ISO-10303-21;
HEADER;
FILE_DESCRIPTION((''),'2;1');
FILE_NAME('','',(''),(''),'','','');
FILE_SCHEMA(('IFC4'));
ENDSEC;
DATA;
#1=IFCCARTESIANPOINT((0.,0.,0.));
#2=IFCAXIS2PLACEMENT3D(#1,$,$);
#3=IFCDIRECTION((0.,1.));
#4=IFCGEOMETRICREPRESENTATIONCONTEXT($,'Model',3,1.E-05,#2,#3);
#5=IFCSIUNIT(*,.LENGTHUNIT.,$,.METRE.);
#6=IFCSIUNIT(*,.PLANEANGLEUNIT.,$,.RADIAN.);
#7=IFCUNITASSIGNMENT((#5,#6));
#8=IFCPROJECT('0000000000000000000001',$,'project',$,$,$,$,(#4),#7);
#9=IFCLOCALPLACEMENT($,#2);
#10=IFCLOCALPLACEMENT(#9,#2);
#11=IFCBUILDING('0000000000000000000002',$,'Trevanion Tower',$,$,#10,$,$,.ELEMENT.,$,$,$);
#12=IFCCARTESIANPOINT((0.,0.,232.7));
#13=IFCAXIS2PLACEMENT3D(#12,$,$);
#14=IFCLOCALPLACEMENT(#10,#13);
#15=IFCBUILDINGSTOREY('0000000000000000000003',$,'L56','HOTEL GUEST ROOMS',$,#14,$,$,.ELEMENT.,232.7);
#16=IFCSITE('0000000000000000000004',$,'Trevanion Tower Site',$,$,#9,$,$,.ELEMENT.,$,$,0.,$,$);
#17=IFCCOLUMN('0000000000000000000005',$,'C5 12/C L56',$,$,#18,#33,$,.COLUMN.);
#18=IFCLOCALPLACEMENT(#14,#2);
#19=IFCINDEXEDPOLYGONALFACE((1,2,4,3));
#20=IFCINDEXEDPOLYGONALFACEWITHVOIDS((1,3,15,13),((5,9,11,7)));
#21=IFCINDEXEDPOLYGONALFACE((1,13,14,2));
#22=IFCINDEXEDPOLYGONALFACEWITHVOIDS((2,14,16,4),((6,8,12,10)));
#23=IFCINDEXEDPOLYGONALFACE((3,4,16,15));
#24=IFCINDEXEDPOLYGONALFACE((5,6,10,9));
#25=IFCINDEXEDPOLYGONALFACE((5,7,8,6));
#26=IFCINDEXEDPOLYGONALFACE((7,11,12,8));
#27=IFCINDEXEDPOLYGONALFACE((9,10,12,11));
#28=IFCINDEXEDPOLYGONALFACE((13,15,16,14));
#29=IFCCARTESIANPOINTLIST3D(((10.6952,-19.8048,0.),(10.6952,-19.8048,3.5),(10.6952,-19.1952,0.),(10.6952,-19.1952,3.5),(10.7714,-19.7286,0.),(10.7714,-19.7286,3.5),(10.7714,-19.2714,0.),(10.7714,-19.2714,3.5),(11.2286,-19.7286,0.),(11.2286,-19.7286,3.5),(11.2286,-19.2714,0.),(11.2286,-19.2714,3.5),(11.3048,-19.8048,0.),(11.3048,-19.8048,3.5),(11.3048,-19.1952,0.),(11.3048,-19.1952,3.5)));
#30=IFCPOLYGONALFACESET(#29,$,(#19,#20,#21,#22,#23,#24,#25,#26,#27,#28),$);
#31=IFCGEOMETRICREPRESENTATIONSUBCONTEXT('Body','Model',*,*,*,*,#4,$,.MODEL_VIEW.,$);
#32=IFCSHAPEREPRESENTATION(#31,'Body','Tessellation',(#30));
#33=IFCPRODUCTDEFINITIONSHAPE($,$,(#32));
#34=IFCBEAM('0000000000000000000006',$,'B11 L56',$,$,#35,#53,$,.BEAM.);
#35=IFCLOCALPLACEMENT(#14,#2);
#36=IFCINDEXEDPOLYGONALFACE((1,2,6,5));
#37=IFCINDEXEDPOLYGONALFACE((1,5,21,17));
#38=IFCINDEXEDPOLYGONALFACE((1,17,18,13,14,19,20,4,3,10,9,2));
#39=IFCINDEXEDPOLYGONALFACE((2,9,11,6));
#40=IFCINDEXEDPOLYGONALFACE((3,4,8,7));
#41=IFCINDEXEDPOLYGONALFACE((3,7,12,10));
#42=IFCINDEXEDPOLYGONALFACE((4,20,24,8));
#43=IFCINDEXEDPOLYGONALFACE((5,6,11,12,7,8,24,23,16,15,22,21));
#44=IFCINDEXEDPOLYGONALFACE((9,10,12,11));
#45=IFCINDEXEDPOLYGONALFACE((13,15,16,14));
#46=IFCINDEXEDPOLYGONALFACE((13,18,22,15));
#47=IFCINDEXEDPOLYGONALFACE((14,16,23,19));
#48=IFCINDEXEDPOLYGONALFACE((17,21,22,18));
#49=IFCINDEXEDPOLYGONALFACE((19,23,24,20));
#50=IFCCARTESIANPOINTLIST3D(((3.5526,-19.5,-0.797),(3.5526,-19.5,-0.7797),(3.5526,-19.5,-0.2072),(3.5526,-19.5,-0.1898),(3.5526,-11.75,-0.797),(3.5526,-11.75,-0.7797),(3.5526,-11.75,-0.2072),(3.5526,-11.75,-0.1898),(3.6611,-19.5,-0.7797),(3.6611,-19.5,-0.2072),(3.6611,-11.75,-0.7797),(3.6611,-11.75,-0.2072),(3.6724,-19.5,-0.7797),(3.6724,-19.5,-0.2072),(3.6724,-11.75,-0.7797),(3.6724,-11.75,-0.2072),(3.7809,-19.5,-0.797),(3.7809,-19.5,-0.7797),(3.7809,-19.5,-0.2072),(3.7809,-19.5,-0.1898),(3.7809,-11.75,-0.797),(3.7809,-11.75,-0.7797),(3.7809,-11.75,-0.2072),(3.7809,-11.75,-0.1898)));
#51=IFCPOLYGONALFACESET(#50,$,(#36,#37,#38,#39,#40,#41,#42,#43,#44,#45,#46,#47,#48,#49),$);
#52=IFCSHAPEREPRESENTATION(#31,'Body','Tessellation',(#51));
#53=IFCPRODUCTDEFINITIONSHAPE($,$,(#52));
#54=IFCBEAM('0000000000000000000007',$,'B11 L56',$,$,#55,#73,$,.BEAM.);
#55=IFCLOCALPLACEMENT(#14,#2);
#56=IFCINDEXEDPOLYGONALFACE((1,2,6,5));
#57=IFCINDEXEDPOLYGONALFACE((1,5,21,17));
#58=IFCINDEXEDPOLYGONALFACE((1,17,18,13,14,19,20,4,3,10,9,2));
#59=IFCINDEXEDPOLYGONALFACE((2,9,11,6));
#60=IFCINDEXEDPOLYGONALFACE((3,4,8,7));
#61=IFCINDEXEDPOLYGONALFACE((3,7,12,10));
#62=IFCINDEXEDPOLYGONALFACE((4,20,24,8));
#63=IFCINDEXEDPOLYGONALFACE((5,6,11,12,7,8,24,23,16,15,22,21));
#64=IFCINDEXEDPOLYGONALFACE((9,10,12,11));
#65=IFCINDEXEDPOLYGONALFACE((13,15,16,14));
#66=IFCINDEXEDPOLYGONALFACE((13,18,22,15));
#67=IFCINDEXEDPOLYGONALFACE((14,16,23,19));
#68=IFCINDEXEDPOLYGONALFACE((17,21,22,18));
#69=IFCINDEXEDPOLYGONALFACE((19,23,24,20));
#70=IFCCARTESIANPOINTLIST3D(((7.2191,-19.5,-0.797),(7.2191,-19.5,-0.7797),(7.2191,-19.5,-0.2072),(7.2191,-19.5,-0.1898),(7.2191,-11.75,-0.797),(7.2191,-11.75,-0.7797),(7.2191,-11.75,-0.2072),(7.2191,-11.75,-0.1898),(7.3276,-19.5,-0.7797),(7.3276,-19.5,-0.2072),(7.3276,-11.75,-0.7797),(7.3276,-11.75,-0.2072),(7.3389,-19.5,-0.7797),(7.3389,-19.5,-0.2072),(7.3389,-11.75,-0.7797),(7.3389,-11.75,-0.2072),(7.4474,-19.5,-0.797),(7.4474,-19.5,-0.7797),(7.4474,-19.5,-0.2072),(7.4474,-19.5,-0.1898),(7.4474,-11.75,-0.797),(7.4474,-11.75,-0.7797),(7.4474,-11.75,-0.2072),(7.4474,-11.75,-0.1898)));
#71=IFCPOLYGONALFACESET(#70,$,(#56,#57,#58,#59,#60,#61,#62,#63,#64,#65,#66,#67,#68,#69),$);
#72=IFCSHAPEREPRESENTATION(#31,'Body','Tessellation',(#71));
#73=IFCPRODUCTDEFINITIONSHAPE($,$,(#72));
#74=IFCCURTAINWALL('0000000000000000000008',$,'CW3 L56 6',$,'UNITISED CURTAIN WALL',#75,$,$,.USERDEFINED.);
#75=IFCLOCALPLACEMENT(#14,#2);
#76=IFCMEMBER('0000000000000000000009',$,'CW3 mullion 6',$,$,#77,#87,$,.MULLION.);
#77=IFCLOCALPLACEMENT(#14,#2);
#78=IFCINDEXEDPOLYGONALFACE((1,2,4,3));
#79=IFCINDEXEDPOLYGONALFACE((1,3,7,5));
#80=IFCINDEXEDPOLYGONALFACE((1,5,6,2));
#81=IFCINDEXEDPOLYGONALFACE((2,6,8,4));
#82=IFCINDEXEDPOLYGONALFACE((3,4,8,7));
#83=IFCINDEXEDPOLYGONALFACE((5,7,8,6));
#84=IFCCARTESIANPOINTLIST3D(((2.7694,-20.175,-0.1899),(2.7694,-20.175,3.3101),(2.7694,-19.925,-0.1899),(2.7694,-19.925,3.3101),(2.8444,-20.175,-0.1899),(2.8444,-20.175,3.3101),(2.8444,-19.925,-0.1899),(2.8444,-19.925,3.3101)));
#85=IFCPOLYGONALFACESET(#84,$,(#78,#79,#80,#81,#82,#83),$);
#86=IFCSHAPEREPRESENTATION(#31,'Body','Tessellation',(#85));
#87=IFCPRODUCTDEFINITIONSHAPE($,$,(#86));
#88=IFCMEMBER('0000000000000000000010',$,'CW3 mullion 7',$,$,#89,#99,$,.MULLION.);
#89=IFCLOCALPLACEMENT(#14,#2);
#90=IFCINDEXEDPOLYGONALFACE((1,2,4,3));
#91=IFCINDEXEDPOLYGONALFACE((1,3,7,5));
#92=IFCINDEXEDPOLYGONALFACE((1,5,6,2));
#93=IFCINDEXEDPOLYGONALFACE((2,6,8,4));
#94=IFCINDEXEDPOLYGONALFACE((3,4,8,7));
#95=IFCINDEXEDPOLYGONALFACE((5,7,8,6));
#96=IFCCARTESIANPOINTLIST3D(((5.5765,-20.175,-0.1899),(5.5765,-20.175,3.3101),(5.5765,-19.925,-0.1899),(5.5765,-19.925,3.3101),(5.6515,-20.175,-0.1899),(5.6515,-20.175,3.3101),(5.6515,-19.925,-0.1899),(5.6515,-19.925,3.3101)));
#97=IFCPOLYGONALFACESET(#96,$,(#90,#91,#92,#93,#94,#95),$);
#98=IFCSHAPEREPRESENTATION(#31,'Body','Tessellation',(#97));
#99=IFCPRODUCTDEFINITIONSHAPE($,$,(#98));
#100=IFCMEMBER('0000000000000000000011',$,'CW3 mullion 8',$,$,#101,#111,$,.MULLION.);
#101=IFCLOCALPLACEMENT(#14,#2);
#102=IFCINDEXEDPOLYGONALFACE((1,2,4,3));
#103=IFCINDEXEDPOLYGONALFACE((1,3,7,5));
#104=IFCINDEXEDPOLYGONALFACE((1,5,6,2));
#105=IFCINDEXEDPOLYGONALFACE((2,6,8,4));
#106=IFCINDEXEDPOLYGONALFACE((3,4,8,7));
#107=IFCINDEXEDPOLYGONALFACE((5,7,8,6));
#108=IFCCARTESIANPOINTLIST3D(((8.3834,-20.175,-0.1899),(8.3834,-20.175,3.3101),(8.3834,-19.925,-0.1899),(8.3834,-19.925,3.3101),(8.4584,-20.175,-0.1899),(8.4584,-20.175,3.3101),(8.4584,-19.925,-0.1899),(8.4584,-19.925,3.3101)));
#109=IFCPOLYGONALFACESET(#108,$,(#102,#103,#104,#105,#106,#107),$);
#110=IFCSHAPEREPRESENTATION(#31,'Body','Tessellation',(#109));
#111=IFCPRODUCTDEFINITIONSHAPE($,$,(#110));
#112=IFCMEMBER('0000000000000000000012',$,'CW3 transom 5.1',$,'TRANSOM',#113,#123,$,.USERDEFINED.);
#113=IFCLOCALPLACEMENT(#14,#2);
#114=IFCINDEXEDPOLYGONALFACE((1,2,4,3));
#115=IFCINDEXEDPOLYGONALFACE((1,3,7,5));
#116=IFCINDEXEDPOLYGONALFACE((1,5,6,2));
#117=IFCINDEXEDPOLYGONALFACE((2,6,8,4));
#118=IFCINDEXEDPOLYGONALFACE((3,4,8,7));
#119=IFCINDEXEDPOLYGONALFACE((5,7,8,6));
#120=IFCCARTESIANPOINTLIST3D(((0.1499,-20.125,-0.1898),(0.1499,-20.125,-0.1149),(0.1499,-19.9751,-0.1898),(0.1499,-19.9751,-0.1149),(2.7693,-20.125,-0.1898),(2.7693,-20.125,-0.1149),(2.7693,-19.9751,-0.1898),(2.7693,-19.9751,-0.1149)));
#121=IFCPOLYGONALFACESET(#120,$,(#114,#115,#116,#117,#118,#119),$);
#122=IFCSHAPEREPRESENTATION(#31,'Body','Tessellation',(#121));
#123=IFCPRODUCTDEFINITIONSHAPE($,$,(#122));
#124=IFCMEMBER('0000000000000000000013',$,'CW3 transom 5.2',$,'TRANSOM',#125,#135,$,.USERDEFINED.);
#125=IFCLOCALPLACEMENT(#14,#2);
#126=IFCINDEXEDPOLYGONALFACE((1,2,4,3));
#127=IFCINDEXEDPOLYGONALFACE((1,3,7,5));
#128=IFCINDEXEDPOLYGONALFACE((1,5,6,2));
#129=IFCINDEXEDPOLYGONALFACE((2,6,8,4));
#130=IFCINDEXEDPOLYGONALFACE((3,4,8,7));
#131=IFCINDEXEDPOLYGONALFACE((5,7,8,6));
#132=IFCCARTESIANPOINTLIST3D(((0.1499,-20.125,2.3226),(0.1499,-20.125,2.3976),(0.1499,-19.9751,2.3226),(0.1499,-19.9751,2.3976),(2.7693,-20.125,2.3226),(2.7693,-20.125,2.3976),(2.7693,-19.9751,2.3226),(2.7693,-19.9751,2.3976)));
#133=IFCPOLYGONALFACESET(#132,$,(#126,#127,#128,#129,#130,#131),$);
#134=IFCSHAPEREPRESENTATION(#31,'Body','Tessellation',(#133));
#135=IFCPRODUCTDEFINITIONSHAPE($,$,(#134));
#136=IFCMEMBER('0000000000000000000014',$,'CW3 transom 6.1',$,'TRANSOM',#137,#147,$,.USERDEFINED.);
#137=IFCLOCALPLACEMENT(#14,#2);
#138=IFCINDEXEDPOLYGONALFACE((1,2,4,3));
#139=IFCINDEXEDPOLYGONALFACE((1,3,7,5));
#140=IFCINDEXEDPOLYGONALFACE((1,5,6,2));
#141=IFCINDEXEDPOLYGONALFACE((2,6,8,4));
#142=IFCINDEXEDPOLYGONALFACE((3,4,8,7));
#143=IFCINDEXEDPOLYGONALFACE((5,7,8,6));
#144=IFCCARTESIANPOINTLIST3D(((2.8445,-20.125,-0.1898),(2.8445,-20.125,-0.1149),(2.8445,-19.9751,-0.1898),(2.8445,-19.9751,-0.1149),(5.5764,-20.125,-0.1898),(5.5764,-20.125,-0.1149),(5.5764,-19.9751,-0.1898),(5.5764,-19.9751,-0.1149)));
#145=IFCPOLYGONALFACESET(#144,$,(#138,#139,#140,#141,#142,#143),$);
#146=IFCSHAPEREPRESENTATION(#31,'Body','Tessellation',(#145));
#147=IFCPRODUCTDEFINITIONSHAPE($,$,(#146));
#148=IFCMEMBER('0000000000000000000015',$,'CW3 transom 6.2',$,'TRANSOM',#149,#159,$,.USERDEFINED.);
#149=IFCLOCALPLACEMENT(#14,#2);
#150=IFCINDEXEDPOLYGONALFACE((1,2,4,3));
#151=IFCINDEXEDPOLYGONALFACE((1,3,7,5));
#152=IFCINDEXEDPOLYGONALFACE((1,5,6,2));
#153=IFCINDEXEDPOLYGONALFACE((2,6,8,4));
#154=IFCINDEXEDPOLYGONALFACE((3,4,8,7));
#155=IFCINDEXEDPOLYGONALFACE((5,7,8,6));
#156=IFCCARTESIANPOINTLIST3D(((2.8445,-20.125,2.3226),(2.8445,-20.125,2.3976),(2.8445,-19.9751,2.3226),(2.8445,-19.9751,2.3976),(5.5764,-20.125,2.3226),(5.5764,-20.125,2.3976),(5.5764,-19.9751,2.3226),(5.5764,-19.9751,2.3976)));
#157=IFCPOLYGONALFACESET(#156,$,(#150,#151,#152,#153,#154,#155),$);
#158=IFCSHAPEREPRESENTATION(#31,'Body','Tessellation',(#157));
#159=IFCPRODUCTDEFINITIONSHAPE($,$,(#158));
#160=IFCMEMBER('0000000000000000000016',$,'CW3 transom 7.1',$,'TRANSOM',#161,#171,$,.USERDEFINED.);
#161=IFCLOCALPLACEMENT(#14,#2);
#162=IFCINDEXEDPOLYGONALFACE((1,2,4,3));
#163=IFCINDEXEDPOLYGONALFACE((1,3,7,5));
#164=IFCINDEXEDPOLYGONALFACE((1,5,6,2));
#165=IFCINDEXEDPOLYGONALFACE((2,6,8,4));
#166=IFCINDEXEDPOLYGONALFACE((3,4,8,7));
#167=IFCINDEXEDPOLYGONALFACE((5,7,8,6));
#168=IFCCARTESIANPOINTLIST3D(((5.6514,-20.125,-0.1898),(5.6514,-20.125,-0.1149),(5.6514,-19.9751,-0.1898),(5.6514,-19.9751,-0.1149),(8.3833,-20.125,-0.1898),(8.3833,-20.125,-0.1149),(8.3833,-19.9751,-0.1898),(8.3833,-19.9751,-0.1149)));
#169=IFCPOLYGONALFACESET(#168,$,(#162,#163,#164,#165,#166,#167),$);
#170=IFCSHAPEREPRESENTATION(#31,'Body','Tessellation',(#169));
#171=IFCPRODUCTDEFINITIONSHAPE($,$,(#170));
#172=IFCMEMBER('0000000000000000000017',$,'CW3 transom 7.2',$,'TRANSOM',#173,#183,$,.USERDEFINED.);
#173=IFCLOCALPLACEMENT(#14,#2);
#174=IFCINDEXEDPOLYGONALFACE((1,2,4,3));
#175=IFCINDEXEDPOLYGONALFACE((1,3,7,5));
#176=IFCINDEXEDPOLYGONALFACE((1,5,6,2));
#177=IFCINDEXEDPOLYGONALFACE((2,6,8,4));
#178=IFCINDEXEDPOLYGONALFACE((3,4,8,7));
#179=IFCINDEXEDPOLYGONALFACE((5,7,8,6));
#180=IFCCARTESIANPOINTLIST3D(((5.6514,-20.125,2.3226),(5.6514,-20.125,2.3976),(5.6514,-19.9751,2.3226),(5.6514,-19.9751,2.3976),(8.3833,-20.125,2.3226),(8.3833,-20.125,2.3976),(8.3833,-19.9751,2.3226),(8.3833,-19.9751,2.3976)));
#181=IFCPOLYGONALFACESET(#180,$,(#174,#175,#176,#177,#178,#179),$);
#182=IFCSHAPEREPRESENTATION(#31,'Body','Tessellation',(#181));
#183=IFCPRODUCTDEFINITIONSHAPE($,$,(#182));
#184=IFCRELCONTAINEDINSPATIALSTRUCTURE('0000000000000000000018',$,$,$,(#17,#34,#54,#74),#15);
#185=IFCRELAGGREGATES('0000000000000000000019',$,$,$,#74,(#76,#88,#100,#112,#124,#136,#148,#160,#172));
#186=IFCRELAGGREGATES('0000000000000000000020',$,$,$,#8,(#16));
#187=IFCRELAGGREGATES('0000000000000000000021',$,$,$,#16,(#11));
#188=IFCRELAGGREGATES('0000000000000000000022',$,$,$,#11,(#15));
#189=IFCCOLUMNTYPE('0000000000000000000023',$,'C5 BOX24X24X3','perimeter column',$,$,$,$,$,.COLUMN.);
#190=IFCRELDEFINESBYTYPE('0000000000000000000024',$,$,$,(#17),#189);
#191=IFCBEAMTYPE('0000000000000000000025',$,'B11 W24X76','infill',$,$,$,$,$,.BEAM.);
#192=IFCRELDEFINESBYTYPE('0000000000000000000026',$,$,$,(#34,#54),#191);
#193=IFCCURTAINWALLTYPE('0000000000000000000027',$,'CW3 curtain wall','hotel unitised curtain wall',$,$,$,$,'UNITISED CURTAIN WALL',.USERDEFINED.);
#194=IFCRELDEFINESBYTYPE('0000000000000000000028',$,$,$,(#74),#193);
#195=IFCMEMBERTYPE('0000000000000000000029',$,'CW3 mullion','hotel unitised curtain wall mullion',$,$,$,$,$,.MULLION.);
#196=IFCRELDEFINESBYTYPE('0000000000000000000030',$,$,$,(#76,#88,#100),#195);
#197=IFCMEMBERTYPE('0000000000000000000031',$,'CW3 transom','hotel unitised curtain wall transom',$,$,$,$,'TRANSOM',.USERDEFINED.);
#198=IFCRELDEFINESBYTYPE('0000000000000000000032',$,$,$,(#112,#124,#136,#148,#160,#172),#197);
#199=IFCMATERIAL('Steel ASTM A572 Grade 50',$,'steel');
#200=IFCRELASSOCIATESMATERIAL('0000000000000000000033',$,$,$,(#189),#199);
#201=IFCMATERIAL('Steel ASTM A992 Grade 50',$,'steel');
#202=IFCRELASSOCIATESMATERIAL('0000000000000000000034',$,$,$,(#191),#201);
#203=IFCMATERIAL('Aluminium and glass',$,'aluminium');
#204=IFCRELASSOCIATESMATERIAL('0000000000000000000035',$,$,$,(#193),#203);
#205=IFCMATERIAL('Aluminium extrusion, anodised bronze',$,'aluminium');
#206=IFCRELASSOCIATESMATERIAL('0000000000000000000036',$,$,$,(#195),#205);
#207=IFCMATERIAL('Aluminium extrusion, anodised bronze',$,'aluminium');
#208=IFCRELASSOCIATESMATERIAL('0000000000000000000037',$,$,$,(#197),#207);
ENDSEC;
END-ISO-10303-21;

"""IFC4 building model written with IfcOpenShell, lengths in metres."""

from ifc_helpers import new_model, si_unit, direction, frame, origin, origin_2d, place, context, subcontext, project, spatial, rectangle, hollow_rectangle, i_section, extrude, material, material_profile, profile_set, type_object, element, aggregate, save


model = new_model("IFC4")

# Units and contexts
model_context = context("Model", 3, precision=1e-05, world=origin(), true_north=direction((0.0, 1.0)))
body_context = subcontext(model_context, "Body", "Model", "MODEL_VIEW")
ifc_project = project(units=[si_unit("LENGTHUNIT", "METRE"), si_unit("PLANEANGLEUNIT", "RADIAN")], contexts=[model_context])

# Site, building, storey
site_placement = place(None, origin())
site = spatial("IfcSite", under=ifc_project, at=site_placement, Name="Trevanion Tower Site", CompositionType="ELEMENT", RefElevation=0.0)
building_placement = place(site_placement, origin())
building = spatial("IfcBuilding", under=site, at=building_placement, Name="Trevanion Tower", CompositionType="ELEMENT")
storey_placement = place(building_placement, frame((0.0, 0.0, 232.7)))
storey = spatial("IfcBuildingStorey", under=building, at=storey_placement, Name="L56", Description="HOTEL GUEST ROOMS", CompositionType="ELEMENT", Elevation=232.7)

# Column
ifc_material_1 = material(Name="Steel ASTM A572 Grade 50", Category="steel")
ifc_material_profile_1 = material_profile(ifc_material_1, hollow_rectangle(XDim=0.6096, YDim=0.6096, WallThickness=0.0762, at=origin_2d()), Name="BOX24X24X3")
ifc_profile_set_1 = profile_set([ifc_material_profile_1], Name="Steel ASTM A572 Grade 50")
column_type = type_object("IfcColumnType", Name="C5 BOX24X24X3", Description="perimeter column", PredefinedType="COLUMN", material=ifc_profile_set_1)
column_placement = place(storey_placement, frame((11.0, -19.5, 0.0), z_axis=(0.0, 0.0, 1.0), x_axis=(1.0, 0.0, 0.0)))
element("IfcColumn", 1, at=column_placement, inside=storey, type_object=column_type, Name="C5 12/C L56", PredefinedType="COLUMN", context=body_context, shape_type="SweptSolid", body=[
    extrude(hollow_rectangle(XDim=0.6096, YDim=0.6096, WallThickness=0.0762, at=origin_2d()), origin(), (0.0, 0.0, 1.0), 3.5),
])

# Beams
ifc_material_2 = material(Name="Steel ASTM A992 Grade 50", Category="steel")
ifc_material_profile_2 = material_profile(ifc_material_2, i_section(OverallWidth=0.2283, OverallDepth=0.6072, WebThickness=0.0112, FlangeThickness=0.0173, at=origin_2d()), Name="W24X76")
ifc_profile_set_2 = profile_set([ifc_material_profile_2], Name="Steel ASTM A992 Grade 50")
beam_type_1 = type_object("IfcBeamType", Name="B11 W24X76", Description="infill", PredefinedType="BEAM", material=ifc_profile_set_2)
for number, where, z_axis, x_axis, name in (
    (2, (3.6667, -11.75, -0.4934), (0.0, -1.0, 0.0), (1.0, 0.0, 0.0), "B11 L56"),
    (3, (7.3333, -11.75, -0.4934), (0.0, -1.0, 0.0), (1.0, 0.0, 0.0), "B11 L56"),
):
    element("IfcBeam", number, at=place(storey_placement, frame(where, z_axis=z_axis, x_axis=x_axis)), inside=storey, type_object=beam_type_1, Name=name, PredefinedType="BEAM", context=body_context, shape_type="SweptSolid", body=[
        extrude(i_section(OverallWidth=0.2283, OverallDepth=0.6072, WebThickness=0.0112, FlangeThickness=0.0173, at=origin_2d()), origin(), (0.0, 0.0, 1.0), 7.75),
    ])

# Curtain wall, members
ifc_material_3 = material(Name="Aluminium and glass", Category="aluminium")
curtain_wall_type = type_object("IfcCurtainWallType", Name="CW3 curtain wall", Description="hotel unitised curtain wall", ElementType="UNITISED CURTAIN WALL", PredefinedType="USERDEFINED", material=ifc_material_3)
curtain_wall_placement = place(storey_placement, origin())
curtain_wall = element("IfcCurtainWall", 4, at=curtain_wall_placement, inside=storey, type_object=curtain_wall_type, Name="CW3 L56 6", ObjectType="UNITISED CURTAIN WALL", PredefinedType="USERDEFINED")
ifc_material_4 = material(Name="Aluminium extrusion, anodised bronze", Category="aluminium")
ifc_material_profile_3 = material_profile(ifc_material_4, rectangle(XDim=0.075, YDim=0.25, at=origin_2d()), Name="CW3 mullion")
ifc_profile_set_3 = profile_set([ifc_material_profile_3], Name="Aluminium extrusion, anodised bronze")
member_type_1 = type_object("IfcMemberType", Name="CW3 mullion", Description="hotel unitised curtain wall mullion", PredefinedType="MULLION", material=ifc_profile_set_3)
member_1_placement = place(storey_placement, frame((2.8069, -20.05, -0.1899), z_axis=(0.0, 0.0, 1.0), x_axis=(1.0, 0.0, 0.0)))
member_1 = element("IfcMember", 5, at=member_1_placement, type_object=member_type_1, Name="CW3 mullion 6", PredefinedType="MULLION", context=body_context, shape_type="SweptSolid", body=[
    extrude(rectangle(XDim=0.075, YDim=0.25, at=origin_2d()), origin(), (0.0, 0.0, 1.0), 3.5),
])
member_2_placement = place(storey_placement, frame((5.614, -20.05, -0.1899), z_axis=(0.0, 0.0, 1.0), x_axis=(1.0, 0.0, 0.0)))
member_2 = element("IfcMember", 6, at=member_2_placement, type_object=member_type_1, Name="CW3 mullion 7", PredefinedType="MULLION", context=body_context, shape_type="SweptSolid", body=[
    extrude(rectangle(XDim=0.075, YDim=0.25, at=origin_2d()), origin(), (0.0, 0.0, 1.0), 3.5),
])
member_3_placement = place(storey_placement, frame((8.4209, -20.05, -0.1899), z_axis=(0.0, 0.0, 1.0), x_axis=(1.0, 0.0, 0.0)))
member_3 = element("IfcMember", 7, at=member_3_placement, type_object=member_type_1, Name="CW3 mullion 8", PredefinedType="MULLION", context=body_context, shape_type="SweptSolid", body=[
    extrude(rectangle(XDim=0.075, YDim=0.25, at=origin_2d()), origin(), (0.0, 0.0, 1.0), 3.5),
])
ifc_material_5 = material(Name="Aluminium extrusion, anodised bronze", Category="aluminium")
ifc_material_profile_4 = material_profile(ifc_material_5, rectangle(XDim=0.1499, YDim=0.075, at=origin_2d()), Name="CW3 transom")
ifc_profile_set_4 = profile_set([ifc_material_profile_4], Name="Aluminium extrusion, anodised bronze")
member_type_2 = type_object("IfcMemberType", Name="CW3 transom", Description="hotel unitised curtain wall transom", ElementType="TRANSOM", PredefinedType="USERDEFINED", material=ifc_profile_set_4)
member_4_placement = place(storey_placement, frame((0.1499, -20.05, -0.1523), z_axis=(1.0, 0.0, 0.0), x_axis=(0.0, 1.0, 0.0)))
member_4 = element("IfcMember", 8, at=member_4_placement, type_object=member_type_2, Name="CW3 transom 5.1", ObjectType="TRANSOM", PredefinedType="USERDEFINED", context=body_context, shape_type="SweptSolid", body=[
    extrude(rectangle(XDim=0.1499, YDim=0.075, at=origin_2d()), origin(), (0.0, 0.0, 1.0), 2.6194),
])
member_5_placement = place(storey_placement, frame((0.1499, -20.05, 2.3601), z_axis=(1.0, 0.0, 0.0), x_axis=(0.0, 1.0, 0.0)))
member_5 = element("IfcMember", 9, at=member_5_placement, type_object=member_type_2, Name="CW3 transom 5.2", ObjectType="TRANSOM", PredefinedType="USERDEFINED", context=body_context, shape_type="SweptSolid", body=[
    extrude(rectangle(XDim=0.1499, YDim=0.075, at=origin_2d()), origin(), (0.0, 0.0, 1.0), 2.6194),
])
member_6_placement = place(storey_placement, frame((2.8445, -20.05, -0.1523), z_axis=(1.0, 0.0, 0.0), x_axis=(0.0, 1.0, 0.0)))
member_6 = element("IfcMember", 10, at=member_6_placement, type_object=member_type_2, Name="CW3 transom 6.1", ObjectType="TRANSOM", PredefinedType="USERDEFINED", context=body_context, shape_type="SweptSolid", body=[
    extrude(rectangle(XDim=0.1499, YDim=0.075, at=origin_2d()), origin(), (0.0, 0.0, 1.0), 2.7319),
])
member_7_placement = place(storey_placement, frame((2.8445, -20.05, 2.3601), z_axis=(1.0, 0.0, 0.0), x_axis=(0.0, 1.0, 0.0)))
member_7 = element("IfcMember", 11, at=member_7_placement, type_object=member_type_2, Name="CW3 transom 6.2", ObjectType="TRANSOM", PredefinedType="USERDEFINED", context=body_context, shape_type="SweptSolid", body=[
    extrude(rectangle(XDim=0.1499, YDim=0.075, at=origin_2d()), origin(), (0.0, 0.0, 1.0), 2.7319),
])
member_8_placement = place(storey_placement, frame((5.6514, -20.05, -0.1523), z_axis=(1.0, 0.0, 0.0), x_axis=(0.0, 1.0, 0.0)))
member_8 = element("IfcMember", 12, at=member_8_placement, type_object=member_type_2, Name="CW3 transom 7.1", ObjectType="TRANSOM", PredefinedType="USERDEFINED", context=body_context, shape_type="SweptSolid", body=[
    extrude(rectangle(XDim=0.1499, YDim=0.075, at=origin_2d()), origin(), (0.0, 0.0, 1.0), 2.7319),
])
member_9_placement = place(storey_placement, frame((5.6514, -20.05, 2.3601), z_axis=(1.0, 0.0, 0.0), x_axis=(0.0, 1.0, 0.0)))
member_9 = element("IfcMember", 13, at=member_9_placement, type_object=member_type_2, Name="CW3 transom 7.2", ObjectType="TRANSOM", PredefinedType="USERDEFINED", context=body_context, shape_type="SweptSolid", body=[
    extrude(rectangle(XDim=0.1499, YDim=0.075, at=origin_2d()), origin(), (0.0, 0.0, 1.0), 2.7319),
])

aggregate(curtain_wall, [member_1, member_2, member_3, member_4, member_5, member_6, member_7, member_8, member_9])

save(model, "model.ifc")
